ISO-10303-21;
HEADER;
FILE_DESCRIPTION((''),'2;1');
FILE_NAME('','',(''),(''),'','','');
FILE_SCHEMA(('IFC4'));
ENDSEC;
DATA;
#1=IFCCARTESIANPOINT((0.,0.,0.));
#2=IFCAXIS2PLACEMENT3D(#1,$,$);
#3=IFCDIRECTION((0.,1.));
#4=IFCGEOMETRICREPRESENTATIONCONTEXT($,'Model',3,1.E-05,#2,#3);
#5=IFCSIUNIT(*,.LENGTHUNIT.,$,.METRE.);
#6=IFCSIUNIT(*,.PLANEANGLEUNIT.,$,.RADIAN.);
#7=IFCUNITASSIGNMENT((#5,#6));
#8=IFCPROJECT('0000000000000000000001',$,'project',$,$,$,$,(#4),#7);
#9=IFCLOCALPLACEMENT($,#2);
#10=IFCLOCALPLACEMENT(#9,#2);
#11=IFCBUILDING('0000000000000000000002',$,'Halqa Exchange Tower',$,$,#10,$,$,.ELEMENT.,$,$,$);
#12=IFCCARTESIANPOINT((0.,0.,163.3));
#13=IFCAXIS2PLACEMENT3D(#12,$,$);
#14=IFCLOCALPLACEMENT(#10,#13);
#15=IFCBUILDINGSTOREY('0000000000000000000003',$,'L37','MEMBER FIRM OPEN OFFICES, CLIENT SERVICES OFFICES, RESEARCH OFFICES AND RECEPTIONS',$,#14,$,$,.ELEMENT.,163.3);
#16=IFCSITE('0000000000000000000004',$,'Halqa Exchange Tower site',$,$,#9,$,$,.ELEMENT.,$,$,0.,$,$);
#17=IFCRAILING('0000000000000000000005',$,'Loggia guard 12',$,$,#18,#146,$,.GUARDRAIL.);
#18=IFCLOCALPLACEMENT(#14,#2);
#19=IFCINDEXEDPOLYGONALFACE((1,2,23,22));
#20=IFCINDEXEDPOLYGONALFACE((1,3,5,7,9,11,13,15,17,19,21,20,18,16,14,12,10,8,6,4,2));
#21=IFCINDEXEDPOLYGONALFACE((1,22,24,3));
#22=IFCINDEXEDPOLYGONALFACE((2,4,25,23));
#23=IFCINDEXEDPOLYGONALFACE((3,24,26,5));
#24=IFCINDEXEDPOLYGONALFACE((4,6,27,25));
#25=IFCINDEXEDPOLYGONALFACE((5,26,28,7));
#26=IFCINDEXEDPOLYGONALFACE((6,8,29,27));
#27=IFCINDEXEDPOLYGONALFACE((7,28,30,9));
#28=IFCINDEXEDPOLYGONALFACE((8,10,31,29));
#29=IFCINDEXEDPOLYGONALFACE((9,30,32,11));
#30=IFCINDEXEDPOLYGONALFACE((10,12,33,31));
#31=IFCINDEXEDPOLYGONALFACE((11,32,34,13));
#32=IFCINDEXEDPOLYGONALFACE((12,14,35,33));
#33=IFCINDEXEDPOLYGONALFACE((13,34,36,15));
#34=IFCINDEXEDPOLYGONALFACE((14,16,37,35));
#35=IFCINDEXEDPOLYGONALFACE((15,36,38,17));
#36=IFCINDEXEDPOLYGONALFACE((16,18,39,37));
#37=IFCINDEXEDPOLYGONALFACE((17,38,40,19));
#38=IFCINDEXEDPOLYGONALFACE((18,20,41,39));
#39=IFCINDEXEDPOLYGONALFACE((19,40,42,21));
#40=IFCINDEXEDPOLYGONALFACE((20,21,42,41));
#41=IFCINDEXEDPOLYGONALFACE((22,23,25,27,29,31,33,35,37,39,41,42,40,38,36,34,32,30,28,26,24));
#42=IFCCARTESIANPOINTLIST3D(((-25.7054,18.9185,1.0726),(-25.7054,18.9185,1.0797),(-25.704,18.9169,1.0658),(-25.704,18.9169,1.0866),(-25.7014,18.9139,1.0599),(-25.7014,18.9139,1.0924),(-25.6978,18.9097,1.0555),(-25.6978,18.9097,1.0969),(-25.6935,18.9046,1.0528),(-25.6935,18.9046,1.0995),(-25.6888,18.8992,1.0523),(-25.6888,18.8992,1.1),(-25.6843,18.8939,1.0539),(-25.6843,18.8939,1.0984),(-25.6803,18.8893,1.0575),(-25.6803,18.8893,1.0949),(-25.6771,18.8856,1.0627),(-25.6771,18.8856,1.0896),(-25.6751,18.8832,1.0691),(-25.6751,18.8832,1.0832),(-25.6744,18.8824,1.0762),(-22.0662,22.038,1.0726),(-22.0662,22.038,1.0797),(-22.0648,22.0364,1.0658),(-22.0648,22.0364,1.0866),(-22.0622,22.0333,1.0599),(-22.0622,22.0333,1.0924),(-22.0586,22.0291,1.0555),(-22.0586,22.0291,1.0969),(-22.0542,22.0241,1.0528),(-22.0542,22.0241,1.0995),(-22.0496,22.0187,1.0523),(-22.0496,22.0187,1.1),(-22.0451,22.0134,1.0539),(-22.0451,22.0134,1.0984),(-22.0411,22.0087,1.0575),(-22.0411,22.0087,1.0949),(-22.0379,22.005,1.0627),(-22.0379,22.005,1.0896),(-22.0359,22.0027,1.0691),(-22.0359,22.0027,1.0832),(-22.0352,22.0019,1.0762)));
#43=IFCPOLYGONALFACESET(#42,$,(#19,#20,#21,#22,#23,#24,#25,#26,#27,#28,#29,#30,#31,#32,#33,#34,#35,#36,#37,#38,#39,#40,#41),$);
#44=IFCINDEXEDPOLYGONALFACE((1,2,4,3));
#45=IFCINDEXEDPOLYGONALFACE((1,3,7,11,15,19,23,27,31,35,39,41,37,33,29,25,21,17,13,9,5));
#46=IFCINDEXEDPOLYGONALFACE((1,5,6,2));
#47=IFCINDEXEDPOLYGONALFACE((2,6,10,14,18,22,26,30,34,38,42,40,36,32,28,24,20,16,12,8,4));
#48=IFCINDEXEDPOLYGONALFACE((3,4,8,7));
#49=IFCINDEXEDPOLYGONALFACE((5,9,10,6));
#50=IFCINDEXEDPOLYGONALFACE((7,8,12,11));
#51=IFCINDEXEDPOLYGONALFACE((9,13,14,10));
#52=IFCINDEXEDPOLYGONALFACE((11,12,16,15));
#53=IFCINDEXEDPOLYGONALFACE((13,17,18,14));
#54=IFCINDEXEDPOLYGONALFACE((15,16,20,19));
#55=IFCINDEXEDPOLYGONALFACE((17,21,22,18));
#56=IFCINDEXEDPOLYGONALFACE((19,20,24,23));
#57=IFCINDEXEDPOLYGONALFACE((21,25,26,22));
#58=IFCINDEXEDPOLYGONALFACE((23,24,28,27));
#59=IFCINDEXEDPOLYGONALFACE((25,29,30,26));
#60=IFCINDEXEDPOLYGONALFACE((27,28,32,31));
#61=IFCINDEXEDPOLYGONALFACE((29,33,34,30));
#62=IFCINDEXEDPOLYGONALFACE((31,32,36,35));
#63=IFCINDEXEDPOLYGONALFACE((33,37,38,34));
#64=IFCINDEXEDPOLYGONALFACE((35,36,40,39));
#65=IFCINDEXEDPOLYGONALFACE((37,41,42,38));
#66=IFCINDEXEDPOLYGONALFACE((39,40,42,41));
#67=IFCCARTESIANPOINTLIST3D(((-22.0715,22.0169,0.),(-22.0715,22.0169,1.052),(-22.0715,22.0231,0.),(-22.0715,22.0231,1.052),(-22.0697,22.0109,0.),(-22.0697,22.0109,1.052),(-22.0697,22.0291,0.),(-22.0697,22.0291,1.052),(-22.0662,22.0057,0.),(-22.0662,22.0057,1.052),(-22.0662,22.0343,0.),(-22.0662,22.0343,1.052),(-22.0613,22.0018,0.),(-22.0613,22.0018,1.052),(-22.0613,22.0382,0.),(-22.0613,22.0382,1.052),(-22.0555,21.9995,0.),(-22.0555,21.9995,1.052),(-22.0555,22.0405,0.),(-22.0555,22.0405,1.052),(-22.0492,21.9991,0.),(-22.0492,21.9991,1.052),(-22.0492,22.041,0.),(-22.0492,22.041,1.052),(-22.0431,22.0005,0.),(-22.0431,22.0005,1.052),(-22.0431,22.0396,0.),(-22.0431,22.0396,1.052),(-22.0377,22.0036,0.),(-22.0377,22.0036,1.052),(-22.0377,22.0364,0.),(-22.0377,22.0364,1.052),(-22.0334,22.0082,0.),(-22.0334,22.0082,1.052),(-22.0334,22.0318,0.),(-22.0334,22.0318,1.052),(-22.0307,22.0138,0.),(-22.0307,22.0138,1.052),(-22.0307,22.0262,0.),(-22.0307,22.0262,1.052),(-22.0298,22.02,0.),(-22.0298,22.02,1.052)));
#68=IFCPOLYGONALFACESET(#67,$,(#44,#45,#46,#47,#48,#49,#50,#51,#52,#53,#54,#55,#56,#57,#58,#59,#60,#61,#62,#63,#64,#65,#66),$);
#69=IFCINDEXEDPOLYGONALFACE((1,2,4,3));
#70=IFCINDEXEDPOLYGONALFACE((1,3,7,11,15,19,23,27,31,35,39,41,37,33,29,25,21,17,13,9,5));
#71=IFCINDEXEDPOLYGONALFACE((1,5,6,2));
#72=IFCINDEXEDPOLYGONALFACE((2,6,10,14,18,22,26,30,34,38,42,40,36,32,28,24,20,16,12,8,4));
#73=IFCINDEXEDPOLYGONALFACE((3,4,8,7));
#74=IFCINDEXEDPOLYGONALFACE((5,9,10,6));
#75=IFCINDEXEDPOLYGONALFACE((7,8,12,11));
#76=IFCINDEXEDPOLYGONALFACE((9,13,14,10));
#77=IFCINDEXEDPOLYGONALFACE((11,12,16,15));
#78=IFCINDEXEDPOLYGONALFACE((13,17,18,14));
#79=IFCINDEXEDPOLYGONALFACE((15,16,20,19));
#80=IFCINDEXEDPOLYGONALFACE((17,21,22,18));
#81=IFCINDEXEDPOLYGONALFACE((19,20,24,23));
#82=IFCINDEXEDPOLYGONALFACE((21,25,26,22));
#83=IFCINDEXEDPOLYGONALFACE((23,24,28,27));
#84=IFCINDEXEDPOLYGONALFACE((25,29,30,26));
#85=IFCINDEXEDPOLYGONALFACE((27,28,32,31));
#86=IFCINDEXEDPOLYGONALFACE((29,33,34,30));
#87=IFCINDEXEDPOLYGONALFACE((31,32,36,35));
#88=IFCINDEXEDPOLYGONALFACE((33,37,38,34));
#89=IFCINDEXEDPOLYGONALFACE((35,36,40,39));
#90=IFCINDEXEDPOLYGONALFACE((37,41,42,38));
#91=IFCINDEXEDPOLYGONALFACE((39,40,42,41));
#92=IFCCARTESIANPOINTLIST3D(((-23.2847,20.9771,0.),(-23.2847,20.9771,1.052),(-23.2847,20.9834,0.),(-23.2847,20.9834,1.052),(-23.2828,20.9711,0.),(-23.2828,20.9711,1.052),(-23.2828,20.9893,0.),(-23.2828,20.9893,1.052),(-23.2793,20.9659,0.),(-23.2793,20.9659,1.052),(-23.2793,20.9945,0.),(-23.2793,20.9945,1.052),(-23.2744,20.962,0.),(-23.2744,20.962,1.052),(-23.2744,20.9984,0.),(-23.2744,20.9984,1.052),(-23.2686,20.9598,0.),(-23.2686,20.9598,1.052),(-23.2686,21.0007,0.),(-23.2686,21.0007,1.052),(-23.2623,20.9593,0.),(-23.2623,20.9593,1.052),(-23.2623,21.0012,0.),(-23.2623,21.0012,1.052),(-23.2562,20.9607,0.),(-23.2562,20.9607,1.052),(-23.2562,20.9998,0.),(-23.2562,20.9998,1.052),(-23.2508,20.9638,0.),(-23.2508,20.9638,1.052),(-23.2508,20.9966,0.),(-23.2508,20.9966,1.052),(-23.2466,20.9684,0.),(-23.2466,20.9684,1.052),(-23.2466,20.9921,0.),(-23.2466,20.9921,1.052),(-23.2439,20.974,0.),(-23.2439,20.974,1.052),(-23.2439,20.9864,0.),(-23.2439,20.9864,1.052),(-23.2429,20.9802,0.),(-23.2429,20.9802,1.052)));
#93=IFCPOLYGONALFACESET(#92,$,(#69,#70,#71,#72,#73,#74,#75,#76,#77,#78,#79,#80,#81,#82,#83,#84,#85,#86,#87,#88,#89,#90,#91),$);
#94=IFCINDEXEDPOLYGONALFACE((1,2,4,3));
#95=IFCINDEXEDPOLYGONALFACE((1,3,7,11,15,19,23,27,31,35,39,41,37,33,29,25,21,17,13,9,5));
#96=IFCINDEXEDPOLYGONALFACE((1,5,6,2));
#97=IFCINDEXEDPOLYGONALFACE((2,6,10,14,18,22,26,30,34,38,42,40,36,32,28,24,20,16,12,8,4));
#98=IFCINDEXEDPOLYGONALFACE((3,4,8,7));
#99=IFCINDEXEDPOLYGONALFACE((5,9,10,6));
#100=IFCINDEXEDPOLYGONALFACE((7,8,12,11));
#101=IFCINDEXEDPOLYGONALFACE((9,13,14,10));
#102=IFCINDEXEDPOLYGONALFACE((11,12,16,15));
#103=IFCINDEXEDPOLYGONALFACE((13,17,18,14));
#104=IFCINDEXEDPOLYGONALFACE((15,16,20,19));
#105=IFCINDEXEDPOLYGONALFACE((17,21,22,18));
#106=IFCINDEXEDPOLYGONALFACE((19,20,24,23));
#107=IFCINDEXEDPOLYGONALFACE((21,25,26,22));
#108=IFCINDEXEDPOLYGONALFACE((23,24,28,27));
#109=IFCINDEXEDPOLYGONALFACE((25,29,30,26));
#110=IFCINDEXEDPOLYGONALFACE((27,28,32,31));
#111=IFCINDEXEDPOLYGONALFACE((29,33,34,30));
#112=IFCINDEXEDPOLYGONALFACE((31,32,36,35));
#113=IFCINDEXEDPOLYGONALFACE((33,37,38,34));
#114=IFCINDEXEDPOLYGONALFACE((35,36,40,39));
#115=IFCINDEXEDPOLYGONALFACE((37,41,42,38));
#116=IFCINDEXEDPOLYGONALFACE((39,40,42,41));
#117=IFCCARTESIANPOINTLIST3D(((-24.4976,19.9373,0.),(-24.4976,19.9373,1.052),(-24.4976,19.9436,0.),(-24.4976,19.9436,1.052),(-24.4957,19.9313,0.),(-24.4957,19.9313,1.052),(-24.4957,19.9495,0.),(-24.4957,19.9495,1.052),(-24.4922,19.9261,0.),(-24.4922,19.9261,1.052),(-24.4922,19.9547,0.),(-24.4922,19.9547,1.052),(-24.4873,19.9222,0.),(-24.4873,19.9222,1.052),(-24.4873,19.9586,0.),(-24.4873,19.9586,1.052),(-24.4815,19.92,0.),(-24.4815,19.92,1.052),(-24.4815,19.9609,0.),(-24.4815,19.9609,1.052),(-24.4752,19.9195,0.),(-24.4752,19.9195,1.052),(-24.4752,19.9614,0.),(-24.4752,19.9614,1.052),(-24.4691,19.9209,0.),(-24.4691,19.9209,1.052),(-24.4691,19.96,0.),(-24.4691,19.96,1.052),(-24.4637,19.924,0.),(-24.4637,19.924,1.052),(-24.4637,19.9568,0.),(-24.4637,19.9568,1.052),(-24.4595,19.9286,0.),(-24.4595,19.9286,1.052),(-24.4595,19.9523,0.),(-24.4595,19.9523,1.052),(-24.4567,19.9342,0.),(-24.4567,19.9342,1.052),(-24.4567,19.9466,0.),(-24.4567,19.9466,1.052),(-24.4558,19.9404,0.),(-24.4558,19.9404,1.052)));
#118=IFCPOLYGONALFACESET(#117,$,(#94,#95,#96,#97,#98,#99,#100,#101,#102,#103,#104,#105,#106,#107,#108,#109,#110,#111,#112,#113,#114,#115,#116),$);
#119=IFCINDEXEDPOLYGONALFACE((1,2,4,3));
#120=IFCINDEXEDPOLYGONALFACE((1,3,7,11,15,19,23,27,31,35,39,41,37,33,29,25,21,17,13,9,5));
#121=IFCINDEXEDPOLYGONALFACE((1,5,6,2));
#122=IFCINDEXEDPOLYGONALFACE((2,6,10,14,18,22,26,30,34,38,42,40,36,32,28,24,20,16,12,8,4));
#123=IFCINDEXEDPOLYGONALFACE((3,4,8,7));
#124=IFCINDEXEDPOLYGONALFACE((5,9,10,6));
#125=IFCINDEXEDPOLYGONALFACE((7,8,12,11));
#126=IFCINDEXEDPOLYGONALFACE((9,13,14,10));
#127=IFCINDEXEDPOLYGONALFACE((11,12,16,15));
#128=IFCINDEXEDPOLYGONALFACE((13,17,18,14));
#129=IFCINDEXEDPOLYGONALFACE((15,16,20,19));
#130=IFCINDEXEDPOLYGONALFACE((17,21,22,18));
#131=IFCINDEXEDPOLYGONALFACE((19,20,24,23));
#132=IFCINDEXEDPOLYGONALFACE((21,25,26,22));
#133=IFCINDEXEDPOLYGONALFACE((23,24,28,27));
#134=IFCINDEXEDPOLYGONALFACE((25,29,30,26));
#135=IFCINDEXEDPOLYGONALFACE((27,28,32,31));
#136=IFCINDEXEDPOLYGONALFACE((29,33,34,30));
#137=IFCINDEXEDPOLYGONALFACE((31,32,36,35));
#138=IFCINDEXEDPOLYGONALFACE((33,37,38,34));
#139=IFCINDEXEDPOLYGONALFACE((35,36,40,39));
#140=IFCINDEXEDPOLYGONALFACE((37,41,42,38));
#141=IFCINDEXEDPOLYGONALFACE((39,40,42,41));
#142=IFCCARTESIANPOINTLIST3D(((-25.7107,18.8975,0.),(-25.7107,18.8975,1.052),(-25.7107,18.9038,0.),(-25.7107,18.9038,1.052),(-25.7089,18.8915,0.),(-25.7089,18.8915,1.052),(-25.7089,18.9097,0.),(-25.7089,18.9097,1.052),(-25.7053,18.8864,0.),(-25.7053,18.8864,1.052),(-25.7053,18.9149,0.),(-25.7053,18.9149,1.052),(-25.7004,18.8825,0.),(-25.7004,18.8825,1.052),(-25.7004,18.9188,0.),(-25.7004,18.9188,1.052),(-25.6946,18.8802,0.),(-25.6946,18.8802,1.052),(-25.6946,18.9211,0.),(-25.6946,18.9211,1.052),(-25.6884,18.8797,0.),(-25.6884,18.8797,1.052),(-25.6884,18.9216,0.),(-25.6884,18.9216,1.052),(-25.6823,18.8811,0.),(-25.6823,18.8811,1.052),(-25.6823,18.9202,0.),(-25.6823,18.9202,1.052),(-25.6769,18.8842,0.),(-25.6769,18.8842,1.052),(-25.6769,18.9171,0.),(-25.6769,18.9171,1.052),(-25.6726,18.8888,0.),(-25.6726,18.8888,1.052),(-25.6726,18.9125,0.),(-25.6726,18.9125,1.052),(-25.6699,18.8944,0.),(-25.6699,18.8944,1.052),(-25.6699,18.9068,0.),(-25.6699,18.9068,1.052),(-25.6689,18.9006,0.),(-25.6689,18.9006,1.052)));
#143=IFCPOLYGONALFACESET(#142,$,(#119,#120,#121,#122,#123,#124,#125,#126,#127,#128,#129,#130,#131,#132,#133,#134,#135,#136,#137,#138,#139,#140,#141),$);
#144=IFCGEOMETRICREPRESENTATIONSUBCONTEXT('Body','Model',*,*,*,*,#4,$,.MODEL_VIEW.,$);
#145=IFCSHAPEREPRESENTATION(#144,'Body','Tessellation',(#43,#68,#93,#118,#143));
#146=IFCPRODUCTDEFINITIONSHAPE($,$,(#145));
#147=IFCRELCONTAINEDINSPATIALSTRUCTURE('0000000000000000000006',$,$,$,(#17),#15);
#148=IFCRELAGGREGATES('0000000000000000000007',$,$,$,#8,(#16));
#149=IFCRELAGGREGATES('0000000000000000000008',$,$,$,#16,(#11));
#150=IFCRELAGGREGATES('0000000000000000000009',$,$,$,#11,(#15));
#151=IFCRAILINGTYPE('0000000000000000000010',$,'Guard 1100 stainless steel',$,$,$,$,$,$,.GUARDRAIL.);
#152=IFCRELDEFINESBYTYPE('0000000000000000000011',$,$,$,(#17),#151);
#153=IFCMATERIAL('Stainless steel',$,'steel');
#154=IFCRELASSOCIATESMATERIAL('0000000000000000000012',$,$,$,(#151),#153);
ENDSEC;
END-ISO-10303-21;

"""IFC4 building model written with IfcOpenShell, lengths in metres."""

from ifc_helpers import new_model, si_unit, direction, frame, origin, origin_2d, place, context, subcontext, project, spatial, circle, extrude, material, type_object, element, save


model = new_model("IFC4")

# Units and contexts
model_context = context("Model", 3, precision=1e-05, world=origin(), true_north=direction((0.0, 1.0)))
body_context = subcontext(model_context, "Body", "Model", "MODEL_VIEW")
ifc_project = project(units=[si_unit("LENGTHUNIT", "METRE"), si_unit("PLANEANGLEUNIT", "RADIAN")], contexts=[model_context])

# Site, building, storey
site_placement = place(None, origin())
site = spatial("IfcSite", under=ifc_project, at=site_placement, Name="Halqa Exchange Tower site", CompositionType="ELEMENT", RefElevation=0.0)
building_placement = place(site_placement, origin())
building = spatial("IfcBuilding", under=site, at=building_placement, Name="Halqa Exchange Tower", CompositionType="ELEMENT")
storey_placement = place(building_placement, frame((0.0, 0.0, 163.3)))
storey = spatial("IfcBuildingStorey", under=building, at=storey_placement, Name="L37", Description="MEMBER FIRM OPEN OFFICES, CLIENT SERVICES OFFICES, RESEARCH OFFICES AND RECEPTIONS", CompositionType="ELEMENT", Elevation=163.3)

# Railing
ifc_material_1 = material(Name="Stainless steel", Category="steel")
railing_type = type_object("IfcRailingType", Name="Guard 1100 stainless steel", PredefinedType="GUARDRAIL", material=ifc_material_1)
railing_1_placement = place(storey_placement, frame((-22.0508, 22.02, 0.0)))
element("IfcRailing", 1, at=railing_1_placement, inside=storey, type_object=railing_type, Name="Loggia guard 12", PredefinedType="GUARDRAIL", context=body_context, shape_type="SweptSolid", body=[
    extrude(circle(Radius=0.0239, at=origin_2d()), frame((0.0, 0.0, 1.0762), z_axis=(-0.759246, -0.650804, 0.0), x_axis=(0.650804, -0.759246, 0.0)), (0.0, 0.0, 1.0), 4.7932),
    extrude(circle(Radius=0.021, at=origin_2d()), origin(), (0.0, 0.0, 1.0), 1.052),
    extrude(circle(Radius=0.021, at=origin_2d()), frame((-1.2131, -1.0398, 0.0)), (0.0, 0.0, 1.0), 1.052),
    extrude(circle(Radius=0.021, at=origin_2d()), frame((-2.426, -2.0796, 0.0)), (0.0, 0.0, 1.0), 1.052),
    extrude(circle(Radius=0.021, at=origin_2d()), frame((-3.6392, -3.1194, 0.0)), (0.0, 0.0, 1.0), 1.052),
])

save(model, "model.ifc")
